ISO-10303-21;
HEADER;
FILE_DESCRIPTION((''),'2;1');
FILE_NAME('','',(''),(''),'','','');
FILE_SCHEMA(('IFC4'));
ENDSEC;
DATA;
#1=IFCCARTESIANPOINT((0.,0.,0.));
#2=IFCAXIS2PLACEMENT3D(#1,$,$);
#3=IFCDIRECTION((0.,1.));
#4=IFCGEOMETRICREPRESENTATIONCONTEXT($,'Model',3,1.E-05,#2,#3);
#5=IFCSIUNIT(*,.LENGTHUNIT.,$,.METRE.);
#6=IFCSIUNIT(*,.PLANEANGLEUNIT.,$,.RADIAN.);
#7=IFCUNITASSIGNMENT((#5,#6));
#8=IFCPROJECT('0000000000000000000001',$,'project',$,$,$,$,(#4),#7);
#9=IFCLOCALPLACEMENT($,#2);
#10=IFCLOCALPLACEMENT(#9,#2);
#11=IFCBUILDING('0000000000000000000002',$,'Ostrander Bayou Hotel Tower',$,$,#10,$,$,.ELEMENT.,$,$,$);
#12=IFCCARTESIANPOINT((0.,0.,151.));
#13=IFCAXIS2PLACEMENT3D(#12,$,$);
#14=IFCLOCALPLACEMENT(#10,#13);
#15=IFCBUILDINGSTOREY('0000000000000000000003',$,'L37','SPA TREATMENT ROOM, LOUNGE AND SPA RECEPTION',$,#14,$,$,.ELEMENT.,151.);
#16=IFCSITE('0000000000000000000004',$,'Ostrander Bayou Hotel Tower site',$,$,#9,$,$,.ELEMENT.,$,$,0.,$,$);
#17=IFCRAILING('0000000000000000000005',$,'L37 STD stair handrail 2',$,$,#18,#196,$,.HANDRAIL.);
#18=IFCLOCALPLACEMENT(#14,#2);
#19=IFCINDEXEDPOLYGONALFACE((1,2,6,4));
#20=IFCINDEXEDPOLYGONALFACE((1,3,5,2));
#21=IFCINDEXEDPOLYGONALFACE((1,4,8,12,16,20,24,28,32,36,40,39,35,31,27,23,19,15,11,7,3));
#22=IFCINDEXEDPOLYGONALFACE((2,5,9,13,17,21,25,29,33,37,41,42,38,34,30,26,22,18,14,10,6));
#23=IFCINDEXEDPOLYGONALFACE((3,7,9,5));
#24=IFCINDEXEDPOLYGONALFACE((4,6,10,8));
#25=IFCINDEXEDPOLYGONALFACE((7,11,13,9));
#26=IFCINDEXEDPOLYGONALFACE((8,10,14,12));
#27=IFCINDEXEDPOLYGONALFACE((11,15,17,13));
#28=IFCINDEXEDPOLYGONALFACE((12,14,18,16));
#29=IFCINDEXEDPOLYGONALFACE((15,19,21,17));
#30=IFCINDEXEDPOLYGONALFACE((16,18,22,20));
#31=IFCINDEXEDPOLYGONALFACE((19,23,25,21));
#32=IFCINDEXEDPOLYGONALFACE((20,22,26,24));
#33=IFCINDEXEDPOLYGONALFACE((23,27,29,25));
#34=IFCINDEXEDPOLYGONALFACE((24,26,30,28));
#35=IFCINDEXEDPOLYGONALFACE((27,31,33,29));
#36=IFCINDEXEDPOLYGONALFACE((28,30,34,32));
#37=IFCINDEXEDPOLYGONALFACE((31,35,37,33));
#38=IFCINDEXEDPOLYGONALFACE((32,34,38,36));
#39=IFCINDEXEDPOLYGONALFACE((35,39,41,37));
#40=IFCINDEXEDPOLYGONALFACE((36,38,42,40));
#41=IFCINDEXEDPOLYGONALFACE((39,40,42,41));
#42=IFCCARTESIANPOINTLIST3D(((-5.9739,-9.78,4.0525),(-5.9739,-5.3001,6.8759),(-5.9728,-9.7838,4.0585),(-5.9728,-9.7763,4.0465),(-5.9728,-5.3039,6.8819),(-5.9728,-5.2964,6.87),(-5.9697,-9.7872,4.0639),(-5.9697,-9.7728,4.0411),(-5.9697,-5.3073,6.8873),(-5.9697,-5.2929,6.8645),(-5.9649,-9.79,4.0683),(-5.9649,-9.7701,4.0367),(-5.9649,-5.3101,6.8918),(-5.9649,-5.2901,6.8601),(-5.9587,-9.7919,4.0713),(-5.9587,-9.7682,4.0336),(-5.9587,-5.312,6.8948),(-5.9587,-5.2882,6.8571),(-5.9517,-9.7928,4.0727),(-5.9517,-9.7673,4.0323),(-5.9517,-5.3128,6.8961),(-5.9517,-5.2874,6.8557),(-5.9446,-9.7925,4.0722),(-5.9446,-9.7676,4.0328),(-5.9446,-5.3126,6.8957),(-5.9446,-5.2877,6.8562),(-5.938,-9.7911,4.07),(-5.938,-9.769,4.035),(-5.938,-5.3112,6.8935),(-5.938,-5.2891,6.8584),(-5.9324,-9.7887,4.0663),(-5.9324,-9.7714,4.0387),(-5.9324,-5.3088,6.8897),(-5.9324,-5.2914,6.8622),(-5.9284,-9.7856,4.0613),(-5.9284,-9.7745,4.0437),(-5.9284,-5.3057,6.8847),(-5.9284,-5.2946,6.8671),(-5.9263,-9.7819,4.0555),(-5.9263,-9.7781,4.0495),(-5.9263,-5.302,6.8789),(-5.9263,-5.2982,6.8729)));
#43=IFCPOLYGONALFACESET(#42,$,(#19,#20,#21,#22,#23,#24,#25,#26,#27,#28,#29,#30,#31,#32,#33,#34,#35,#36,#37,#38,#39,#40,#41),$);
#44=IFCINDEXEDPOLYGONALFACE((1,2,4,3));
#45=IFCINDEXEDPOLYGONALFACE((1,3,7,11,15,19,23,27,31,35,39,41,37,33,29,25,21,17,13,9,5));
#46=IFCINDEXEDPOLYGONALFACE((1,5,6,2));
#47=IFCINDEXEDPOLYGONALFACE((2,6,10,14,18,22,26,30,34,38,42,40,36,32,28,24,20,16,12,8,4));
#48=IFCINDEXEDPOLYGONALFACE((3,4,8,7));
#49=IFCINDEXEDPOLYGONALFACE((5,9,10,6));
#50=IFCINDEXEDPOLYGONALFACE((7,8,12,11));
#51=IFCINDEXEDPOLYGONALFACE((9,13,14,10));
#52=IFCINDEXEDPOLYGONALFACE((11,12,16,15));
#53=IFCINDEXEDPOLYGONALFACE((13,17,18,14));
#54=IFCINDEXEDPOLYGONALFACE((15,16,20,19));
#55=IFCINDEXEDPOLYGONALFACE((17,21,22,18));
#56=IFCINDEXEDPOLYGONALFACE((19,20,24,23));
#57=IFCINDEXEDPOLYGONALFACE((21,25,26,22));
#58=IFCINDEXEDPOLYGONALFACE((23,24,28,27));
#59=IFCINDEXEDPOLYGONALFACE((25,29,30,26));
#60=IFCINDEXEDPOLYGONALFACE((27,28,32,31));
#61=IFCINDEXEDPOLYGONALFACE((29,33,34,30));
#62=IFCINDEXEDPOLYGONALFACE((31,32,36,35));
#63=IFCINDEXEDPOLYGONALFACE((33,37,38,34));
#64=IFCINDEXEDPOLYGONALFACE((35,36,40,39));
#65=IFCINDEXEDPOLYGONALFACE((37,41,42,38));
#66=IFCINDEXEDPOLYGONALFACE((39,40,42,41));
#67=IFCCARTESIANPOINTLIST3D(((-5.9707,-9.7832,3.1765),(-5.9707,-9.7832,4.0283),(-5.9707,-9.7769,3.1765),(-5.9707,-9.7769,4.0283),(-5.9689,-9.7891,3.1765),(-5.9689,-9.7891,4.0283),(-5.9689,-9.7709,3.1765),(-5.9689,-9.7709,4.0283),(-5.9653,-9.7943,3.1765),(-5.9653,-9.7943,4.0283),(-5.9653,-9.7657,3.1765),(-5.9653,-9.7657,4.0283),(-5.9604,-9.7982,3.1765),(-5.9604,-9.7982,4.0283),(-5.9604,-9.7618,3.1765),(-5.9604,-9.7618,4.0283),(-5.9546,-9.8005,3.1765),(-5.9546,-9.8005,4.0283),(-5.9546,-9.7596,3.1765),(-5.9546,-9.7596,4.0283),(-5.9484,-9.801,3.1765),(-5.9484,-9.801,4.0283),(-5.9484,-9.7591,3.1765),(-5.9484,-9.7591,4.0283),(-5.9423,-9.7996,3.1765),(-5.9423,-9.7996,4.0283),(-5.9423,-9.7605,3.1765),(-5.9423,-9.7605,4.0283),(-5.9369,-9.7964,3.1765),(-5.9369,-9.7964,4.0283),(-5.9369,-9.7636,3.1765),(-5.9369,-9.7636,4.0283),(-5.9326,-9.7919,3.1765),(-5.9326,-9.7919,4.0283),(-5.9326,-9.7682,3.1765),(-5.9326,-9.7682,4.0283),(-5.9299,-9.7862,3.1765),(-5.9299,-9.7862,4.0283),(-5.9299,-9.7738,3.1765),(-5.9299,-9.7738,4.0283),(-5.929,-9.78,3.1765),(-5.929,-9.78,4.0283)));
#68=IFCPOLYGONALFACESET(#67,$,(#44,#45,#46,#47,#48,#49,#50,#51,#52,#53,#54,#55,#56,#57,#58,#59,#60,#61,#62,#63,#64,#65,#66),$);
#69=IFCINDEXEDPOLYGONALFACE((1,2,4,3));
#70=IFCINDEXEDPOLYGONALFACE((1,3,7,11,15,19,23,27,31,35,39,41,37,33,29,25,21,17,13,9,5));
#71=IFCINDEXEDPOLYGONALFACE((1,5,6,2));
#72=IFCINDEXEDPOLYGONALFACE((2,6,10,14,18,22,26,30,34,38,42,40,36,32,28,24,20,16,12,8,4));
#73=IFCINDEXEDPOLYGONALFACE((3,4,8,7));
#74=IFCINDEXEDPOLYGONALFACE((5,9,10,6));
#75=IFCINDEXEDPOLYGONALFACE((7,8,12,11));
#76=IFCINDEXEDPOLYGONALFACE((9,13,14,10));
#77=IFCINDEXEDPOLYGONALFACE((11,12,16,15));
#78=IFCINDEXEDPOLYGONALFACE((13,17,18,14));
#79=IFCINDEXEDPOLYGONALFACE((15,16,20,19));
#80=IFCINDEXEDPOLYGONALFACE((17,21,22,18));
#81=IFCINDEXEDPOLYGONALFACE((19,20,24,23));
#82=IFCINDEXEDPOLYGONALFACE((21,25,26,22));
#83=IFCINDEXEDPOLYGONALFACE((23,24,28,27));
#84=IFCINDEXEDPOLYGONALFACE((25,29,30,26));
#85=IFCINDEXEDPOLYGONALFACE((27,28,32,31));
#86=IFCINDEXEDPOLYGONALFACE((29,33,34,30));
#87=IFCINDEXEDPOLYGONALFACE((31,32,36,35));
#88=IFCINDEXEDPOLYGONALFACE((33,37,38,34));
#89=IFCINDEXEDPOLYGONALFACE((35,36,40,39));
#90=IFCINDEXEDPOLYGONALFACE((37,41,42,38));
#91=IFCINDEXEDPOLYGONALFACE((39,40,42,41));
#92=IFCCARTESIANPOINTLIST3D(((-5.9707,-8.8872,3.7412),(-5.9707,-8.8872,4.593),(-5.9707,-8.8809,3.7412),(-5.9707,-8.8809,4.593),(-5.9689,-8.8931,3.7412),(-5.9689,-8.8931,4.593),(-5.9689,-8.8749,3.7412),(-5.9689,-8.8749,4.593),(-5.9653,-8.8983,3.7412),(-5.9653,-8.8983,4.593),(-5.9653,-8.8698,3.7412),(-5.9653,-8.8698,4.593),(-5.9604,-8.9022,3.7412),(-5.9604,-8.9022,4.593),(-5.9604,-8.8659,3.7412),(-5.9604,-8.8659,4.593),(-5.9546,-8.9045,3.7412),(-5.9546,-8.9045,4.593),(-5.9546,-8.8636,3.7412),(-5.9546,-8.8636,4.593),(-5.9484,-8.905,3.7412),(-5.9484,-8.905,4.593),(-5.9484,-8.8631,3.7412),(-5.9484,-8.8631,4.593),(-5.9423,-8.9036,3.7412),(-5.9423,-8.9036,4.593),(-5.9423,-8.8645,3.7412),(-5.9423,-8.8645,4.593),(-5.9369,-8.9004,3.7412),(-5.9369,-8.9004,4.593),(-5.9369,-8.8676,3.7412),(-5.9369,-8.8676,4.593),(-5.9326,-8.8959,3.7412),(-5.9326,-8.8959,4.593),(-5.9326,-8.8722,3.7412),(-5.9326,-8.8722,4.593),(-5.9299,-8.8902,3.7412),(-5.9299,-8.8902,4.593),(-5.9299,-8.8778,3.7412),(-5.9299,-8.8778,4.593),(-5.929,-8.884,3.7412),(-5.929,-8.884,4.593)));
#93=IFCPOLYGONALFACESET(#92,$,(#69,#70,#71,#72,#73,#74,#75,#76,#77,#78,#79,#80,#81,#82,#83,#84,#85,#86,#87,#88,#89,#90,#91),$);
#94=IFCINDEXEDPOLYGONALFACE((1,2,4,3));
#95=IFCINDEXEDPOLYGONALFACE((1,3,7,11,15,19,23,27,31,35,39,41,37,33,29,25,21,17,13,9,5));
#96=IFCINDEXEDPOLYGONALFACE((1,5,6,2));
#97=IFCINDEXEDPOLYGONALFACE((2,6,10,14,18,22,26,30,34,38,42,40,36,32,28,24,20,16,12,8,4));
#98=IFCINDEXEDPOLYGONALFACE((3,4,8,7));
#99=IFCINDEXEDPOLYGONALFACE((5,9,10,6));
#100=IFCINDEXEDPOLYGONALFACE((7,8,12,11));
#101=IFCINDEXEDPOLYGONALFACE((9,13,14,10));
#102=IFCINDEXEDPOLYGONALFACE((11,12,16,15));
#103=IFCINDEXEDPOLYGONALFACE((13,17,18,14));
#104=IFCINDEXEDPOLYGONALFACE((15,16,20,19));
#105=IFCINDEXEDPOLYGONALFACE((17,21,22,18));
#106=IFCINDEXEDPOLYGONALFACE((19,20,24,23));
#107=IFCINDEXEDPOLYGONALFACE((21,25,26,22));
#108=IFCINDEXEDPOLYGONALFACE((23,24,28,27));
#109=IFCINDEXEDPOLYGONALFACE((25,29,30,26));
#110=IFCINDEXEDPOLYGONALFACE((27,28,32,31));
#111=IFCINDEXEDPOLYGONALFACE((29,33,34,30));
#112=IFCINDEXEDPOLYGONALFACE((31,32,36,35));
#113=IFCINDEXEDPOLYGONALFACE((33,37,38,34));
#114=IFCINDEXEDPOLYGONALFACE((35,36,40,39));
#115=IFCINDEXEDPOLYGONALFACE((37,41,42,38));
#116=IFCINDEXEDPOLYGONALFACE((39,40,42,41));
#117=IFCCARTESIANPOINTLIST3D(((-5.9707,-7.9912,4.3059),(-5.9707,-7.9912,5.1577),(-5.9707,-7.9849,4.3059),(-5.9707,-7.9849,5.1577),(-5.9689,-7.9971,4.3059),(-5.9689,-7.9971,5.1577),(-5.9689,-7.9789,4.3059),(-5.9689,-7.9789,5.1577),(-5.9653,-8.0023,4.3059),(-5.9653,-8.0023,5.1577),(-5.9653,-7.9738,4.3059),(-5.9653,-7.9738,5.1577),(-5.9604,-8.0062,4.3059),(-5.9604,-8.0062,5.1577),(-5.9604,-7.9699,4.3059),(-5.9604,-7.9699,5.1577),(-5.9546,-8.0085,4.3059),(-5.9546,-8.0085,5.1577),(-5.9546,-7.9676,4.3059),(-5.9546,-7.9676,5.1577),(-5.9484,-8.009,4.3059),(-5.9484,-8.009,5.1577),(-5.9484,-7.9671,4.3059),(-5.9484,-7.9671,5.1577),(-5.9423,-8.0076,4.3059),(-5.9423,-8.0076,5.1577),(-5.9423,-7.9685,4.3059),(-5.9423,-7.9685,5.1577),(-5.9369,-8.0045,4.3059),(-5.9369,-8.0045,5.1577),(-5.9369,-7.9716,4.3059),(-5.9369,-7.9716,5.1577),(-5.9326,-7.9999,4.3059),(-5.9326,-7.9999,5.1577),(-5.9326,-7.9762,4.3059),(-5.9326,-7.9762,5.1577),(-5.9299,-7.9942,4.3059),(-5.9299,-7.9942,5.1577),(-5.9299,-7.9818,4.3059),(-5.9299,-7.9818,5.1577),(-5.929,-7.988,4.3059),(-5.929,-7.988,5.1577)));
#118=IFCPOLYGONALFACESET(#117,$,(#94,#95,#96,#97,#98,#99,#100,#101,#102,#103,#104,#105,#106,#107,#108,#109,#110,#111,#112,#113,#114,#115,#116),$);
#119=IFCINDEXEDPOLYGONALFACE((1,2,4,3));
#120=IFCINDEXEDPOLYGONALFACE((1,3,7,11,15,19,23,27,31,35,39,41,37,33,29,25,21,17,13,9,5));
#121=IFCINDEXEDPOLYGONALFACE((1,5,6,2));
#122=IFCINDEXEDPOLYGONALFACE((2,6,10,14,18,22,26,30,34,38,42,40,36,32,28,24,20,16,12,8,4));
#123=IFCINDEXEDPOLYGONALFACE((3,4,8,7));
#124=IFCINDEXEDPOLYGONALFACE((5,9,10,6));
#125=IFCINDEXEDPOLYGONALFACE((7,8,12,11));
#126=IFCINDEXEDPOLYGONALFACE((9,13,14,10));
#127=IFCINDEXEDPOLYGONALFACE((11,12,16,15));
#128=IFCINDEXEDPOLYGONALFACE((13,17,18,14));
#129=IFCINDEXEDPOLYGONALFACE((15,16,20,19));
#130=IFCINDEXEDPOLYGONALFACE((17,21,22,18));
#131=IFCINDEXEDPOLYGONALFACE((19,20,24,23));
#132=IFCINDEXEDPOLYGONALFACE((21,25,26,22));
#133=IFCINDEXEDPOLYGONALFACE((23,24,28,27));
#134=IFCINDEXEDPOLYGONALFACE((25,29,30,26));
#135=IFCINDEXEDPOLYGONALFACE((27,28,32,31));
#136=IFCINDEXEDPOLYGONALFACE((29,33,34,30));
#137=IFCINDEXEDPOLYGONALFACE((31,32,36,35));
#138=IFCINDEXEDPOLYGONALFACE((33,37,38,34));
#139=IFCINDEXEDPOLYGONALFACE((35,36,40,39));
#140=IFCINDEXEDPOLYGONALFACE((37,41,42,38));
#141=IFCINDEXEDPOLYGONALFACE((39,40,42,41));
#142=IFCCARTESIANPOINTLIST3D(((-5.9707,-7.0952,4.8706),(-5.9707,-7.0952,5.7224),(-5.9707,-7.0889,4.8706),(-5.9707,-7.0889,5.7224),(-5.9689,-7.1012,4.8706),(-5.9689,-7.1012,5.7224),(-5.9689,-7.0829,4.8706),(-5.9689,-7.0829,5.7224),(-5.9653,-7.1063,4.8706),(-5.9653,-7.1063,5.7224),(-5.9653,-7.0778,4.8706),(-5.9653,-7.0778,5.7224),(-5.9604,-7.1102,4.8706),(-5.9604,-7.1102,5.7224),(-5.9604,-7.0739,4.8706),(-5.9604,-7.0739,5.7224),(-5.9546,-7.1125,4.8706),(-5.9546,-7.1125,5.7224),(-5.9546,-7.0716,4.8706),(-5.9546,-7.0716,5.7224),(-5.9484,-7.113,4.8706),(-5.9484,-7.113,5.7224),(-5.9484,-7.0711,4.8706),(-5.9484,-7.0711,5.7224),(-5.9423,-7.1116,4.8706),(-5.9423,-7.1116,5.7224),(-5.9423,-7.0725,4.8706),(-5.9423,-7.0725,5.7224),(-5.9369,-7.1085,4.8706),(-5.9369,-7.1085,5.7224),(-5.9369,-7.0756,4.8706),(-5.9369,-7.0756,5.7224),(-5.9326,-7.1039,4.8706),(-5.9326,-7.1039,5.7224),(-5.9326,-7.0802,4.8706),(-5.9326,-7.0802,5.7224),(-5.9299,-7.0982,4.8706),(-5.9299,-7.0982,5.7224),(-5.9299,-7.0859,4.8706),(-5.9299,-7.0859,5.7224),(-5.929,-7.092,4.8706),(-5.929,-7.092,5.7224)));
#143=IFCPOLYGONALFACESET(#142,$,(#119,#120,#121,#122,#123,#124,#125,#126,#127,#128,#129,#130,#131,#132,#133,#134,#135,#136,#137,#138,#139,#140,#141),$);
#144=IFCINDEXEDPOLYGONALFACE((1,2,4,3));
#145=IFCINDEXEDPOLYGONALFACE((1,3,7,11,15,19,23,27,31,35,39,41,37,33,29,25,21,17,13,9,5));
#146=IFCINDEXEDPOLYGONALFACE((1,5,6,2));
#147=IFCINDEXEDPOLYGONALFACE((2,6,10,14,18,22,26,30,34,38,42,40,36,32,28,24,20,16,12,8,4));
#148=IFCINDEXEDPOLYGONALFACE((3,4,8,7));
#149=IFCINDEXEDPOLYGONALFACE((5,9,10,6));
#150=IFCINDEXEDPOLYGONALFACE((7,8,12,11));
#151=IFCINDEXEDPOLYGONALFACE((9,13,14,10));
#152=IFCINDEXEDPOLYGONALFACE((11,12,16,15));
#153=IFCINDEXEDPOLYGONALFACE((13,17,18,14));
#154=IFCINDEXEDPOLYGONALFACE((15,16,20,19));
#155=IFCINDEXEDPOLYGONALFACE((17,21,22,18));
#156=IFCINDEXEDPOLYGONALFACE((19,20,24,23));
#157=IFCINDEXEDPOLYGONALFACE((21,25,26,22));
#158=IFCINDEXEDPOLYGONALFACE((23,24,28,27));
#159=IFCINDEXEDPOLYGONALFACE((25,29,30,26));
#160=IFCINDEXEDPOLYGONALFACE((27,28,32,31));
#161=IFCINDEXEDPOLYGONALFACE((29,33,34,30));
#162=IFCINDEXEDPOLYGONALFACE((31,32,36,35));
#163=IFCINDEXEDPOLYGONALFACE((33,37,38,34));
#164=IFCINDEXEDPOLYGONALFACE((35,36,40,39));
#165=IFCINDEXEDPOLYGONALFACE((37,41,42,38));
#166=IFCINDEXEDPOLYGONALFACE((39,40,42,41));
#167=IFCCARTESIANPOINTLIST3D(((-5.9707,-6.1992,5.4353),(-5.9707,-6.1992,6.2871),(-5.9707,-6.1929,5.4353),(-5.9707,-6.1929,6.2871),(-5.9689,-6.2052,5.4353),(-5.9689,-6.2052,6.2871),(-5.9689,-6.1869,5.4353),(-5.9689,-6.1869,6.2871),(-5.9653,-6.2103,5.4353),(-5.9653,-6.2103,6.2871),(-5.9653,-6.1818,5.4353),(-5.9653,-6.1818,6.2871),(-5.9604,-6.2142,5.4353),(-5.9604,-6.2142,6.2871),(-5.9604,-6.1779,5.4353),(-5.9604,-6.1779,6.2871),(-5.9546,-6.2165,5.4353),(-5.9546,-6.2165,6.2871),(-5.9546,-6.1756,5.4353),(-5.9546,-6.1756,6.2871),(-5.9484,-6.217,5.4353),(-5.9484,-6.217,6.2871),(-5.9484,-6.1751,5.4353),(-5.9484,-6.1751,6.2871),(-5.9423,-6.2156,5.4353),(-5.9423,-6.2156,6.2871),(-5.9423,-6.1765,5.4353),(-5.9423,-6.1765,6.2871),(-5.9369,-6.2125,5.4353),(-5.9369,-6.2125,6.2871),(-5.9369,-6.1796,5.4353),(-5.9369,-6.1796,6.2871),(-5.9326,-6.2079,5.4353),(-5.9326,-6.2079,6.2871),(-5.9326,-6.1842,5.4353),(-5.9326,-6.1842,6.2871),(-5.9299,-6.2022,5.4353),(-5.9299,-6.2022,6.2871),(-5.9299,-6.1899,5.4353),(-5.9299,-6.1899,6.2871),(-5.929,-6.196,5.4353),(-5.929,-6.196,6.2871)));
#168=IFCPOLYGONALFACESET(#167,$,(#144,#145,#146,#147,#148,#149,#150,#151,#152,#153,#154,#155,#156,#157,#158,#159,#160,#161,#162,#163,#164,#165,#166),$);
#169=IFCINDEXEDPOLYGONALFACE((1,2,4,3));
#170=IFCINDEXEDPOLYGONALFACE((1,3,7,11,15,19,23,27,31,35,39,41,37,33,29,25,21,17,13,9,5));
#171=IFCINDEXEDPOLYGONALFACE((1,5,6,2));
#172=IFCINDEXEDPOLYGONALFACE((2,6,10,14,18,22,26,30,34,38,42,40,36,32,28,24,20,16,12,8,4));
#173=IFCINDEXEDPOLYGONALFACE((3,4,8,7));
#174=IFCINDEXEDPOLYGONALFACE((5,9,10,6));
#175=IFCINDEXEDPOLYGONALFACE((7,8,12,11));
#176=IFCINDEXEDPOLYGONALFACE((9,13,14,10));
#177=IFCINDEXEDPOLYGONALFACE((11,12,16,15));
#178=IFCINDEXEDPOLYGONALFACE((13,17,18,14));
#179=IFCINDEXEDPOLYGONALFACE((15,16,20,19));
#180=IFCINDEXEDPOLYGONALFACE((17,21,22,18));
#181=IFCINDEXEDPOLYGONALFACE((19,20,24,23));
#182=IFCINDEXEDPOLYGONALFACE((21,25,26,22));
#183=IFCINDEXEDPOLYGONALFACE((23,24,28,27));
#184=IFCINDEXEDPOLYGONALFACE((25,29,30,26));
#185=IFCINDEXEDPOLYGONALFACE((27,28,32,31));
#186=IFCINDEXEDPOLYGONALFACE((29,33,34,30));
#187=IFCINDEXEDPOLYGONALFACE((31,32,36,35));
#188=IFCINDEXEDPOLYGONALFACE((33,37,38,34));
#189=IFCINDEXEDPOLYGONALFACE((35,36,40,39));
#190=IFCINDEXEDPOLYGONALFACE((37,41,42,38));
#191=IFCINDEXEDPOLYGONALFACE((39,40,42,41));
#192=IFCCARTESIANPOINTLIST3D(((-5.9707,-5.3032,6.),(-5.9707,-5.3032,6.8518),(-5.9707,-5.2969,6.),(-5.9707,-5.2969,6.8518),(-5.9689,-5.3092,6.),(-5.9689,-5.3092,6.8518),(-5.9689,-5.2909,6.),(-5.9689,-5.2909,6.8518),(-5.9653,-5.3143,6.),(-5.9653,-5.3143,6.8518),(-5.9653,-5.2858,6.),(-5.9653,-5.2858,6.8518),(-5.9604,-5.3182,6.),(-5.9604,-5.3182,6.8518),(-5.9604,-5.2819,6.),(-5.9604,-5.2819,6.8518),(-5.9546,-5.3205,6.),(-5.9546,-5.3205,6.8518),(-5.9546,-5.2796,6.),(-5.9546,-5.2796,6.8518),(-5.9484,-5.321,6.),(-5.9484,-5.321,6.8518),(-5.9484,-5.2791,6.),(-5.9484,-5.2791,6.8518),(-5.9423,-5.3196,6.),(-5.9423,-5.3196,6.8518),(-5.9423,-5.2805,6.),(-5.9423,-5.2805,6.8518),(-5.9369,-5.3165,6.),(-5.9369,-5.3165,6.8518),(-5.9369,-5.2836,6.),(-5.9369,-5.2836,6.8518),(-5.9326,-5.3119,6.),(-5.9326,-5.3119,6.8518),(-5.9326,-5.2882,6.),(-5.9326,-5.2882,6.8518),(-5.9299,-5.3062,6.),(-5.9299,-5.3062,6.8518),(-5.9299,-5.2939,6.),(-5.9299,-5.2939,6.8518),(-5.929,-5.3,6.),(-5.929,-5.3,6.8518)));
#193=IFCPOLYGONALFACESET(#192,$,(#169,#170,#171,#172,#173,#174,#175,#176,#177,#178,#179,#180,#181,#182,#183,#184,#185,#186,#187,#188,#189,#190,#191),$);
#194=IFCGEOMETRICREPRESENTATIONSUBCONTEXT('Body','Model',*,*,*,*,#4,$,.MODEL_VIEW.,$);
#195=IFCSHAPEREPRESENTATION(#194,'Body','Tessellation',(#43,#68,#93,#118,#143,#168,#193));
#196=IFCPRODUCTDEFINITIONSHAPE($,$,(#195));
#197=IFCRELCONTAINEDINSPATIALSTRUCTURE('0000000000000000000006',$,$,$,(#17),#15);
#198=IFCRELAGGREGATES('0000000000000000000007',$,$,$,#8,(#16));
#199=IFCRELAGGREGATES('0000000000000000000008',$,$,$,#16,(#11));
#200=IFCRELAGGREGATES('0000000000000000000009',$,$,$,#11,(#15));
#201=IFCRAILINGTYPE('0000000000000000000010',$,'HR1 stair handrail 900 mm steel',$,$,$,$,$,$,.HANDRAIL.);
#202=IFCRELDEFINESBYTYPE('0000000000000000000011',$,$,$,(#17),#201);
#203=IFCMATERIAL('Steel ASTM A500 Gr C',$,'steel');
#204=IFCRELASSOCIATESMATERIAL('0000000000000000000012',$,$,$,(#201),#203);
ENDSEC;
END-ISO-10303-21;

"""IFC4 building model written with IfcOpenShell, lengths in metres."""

from ifc_helpers import new_model, si_unit, direction, frame, origin, origin_2d, place, context, subcontext, project, spatial, circle, extrude, material, type_object, element, save


model = new_model("IFC4")

# Units and contexts
model_context = context("Model", 3, precision=1e-05, world=origin(), true_north=direction((0.0, 1.0)))
body_context = subcontext(model_context, "Body", "Model", "MODEL_VIEW")
ifc_project = project(units=[si_unit("LENGTHUNIT", "METRE"), si_unit("PLANEANGLEUNIT", "RADIAN")], contexts=[model_context])

# Site, building, storey
site_placement = place(None, origin())
site = spatial("IfcSite", under=ifc_project, at=site_placement, Name="Ostrander Bayou Hotel Tower site", CompositionType="ELEMENT", RefElevation=0.0)
building_placement = place(site_placement, origin())
building = spatial("IfcBuilding", under=site, at=building_placement, Name="Ostrander Bayou Hotel Tower", CompositionType="ELEMENT")
storey_placement = place(building_placement, frame((0.0, 0.0, 151.0)))
storey = spatial("IfcBuildingStorey", under=building, at=storey_placement, Name="L37", Description="SPA TREATMENT ROOM, LOUNGE AND SPA RECEPTION", CompositionType="ELEMENT", Elevation=151.0)

# Railing
ifc_material_1 = material(Name="Steel ASTM A500 Gr C", Category="steel")
railing_type_1 = type_object("IfcRailingType", Name="HR1 stair handrail 900 mm steel", PredefinedType="HANDRAIL", material=ifc_material_1)
railing_1_placement = place(storey_placement, frame((-5.95, -9.78, 3.1765)))
element("IfcRailing", 1, at=railing_1_placement, inside=storey, type_object=railing_type_1, Name="L37 STD stair handrail 2", PredefinedType="HANDRAIL", context=body_context, shape_type="SweptSolid", body=[
    extrude(circle(Radius=0.0239, at=origin_2d()), frame((0.0, 0.0, 0.876), z_axis=(0.0, 0.845998, 0.533186), x_axis=(-1.0, 0.0, 0.0)), (0.0, 0.0, 1.0), 5.2954),
    extrude(circle(Radius=0.021, at=origin_2d()), origin(), (0.0, 0.0, 1.0), 0.8518),
    extrude(circle(Radius=0.021, at=origin_2d()), frame((0.0, 0.896, 0.5647)), (0.0, 0.0, 1.0), 0.8518),
    extrude(circle(Radius=0.021, at=origin_2d()), frame((0.0, 1.792, 1.1294)), (0.0, 0.0, 1.0), 0.8518),
    extrude(circle(Radius=0.021, at=origin_2d()), frame((0.0, 2.688, 1.6941)), (0.0, 0.0, 1.0), 0.8518),
    extrude(circle(Radius=0.021, at=origin_2d()), frame((0.0, 3.584, 2.2588)), (0.0, 0.0, 1.0), 0.8518),
    extrude(circle(Radius=0.021, at=origin_2d()), frame((0.0, 4.48, 2.8235)), (0.0, 0.0, 1.0), 0.8518),
])

save(model, "model.ifc")
